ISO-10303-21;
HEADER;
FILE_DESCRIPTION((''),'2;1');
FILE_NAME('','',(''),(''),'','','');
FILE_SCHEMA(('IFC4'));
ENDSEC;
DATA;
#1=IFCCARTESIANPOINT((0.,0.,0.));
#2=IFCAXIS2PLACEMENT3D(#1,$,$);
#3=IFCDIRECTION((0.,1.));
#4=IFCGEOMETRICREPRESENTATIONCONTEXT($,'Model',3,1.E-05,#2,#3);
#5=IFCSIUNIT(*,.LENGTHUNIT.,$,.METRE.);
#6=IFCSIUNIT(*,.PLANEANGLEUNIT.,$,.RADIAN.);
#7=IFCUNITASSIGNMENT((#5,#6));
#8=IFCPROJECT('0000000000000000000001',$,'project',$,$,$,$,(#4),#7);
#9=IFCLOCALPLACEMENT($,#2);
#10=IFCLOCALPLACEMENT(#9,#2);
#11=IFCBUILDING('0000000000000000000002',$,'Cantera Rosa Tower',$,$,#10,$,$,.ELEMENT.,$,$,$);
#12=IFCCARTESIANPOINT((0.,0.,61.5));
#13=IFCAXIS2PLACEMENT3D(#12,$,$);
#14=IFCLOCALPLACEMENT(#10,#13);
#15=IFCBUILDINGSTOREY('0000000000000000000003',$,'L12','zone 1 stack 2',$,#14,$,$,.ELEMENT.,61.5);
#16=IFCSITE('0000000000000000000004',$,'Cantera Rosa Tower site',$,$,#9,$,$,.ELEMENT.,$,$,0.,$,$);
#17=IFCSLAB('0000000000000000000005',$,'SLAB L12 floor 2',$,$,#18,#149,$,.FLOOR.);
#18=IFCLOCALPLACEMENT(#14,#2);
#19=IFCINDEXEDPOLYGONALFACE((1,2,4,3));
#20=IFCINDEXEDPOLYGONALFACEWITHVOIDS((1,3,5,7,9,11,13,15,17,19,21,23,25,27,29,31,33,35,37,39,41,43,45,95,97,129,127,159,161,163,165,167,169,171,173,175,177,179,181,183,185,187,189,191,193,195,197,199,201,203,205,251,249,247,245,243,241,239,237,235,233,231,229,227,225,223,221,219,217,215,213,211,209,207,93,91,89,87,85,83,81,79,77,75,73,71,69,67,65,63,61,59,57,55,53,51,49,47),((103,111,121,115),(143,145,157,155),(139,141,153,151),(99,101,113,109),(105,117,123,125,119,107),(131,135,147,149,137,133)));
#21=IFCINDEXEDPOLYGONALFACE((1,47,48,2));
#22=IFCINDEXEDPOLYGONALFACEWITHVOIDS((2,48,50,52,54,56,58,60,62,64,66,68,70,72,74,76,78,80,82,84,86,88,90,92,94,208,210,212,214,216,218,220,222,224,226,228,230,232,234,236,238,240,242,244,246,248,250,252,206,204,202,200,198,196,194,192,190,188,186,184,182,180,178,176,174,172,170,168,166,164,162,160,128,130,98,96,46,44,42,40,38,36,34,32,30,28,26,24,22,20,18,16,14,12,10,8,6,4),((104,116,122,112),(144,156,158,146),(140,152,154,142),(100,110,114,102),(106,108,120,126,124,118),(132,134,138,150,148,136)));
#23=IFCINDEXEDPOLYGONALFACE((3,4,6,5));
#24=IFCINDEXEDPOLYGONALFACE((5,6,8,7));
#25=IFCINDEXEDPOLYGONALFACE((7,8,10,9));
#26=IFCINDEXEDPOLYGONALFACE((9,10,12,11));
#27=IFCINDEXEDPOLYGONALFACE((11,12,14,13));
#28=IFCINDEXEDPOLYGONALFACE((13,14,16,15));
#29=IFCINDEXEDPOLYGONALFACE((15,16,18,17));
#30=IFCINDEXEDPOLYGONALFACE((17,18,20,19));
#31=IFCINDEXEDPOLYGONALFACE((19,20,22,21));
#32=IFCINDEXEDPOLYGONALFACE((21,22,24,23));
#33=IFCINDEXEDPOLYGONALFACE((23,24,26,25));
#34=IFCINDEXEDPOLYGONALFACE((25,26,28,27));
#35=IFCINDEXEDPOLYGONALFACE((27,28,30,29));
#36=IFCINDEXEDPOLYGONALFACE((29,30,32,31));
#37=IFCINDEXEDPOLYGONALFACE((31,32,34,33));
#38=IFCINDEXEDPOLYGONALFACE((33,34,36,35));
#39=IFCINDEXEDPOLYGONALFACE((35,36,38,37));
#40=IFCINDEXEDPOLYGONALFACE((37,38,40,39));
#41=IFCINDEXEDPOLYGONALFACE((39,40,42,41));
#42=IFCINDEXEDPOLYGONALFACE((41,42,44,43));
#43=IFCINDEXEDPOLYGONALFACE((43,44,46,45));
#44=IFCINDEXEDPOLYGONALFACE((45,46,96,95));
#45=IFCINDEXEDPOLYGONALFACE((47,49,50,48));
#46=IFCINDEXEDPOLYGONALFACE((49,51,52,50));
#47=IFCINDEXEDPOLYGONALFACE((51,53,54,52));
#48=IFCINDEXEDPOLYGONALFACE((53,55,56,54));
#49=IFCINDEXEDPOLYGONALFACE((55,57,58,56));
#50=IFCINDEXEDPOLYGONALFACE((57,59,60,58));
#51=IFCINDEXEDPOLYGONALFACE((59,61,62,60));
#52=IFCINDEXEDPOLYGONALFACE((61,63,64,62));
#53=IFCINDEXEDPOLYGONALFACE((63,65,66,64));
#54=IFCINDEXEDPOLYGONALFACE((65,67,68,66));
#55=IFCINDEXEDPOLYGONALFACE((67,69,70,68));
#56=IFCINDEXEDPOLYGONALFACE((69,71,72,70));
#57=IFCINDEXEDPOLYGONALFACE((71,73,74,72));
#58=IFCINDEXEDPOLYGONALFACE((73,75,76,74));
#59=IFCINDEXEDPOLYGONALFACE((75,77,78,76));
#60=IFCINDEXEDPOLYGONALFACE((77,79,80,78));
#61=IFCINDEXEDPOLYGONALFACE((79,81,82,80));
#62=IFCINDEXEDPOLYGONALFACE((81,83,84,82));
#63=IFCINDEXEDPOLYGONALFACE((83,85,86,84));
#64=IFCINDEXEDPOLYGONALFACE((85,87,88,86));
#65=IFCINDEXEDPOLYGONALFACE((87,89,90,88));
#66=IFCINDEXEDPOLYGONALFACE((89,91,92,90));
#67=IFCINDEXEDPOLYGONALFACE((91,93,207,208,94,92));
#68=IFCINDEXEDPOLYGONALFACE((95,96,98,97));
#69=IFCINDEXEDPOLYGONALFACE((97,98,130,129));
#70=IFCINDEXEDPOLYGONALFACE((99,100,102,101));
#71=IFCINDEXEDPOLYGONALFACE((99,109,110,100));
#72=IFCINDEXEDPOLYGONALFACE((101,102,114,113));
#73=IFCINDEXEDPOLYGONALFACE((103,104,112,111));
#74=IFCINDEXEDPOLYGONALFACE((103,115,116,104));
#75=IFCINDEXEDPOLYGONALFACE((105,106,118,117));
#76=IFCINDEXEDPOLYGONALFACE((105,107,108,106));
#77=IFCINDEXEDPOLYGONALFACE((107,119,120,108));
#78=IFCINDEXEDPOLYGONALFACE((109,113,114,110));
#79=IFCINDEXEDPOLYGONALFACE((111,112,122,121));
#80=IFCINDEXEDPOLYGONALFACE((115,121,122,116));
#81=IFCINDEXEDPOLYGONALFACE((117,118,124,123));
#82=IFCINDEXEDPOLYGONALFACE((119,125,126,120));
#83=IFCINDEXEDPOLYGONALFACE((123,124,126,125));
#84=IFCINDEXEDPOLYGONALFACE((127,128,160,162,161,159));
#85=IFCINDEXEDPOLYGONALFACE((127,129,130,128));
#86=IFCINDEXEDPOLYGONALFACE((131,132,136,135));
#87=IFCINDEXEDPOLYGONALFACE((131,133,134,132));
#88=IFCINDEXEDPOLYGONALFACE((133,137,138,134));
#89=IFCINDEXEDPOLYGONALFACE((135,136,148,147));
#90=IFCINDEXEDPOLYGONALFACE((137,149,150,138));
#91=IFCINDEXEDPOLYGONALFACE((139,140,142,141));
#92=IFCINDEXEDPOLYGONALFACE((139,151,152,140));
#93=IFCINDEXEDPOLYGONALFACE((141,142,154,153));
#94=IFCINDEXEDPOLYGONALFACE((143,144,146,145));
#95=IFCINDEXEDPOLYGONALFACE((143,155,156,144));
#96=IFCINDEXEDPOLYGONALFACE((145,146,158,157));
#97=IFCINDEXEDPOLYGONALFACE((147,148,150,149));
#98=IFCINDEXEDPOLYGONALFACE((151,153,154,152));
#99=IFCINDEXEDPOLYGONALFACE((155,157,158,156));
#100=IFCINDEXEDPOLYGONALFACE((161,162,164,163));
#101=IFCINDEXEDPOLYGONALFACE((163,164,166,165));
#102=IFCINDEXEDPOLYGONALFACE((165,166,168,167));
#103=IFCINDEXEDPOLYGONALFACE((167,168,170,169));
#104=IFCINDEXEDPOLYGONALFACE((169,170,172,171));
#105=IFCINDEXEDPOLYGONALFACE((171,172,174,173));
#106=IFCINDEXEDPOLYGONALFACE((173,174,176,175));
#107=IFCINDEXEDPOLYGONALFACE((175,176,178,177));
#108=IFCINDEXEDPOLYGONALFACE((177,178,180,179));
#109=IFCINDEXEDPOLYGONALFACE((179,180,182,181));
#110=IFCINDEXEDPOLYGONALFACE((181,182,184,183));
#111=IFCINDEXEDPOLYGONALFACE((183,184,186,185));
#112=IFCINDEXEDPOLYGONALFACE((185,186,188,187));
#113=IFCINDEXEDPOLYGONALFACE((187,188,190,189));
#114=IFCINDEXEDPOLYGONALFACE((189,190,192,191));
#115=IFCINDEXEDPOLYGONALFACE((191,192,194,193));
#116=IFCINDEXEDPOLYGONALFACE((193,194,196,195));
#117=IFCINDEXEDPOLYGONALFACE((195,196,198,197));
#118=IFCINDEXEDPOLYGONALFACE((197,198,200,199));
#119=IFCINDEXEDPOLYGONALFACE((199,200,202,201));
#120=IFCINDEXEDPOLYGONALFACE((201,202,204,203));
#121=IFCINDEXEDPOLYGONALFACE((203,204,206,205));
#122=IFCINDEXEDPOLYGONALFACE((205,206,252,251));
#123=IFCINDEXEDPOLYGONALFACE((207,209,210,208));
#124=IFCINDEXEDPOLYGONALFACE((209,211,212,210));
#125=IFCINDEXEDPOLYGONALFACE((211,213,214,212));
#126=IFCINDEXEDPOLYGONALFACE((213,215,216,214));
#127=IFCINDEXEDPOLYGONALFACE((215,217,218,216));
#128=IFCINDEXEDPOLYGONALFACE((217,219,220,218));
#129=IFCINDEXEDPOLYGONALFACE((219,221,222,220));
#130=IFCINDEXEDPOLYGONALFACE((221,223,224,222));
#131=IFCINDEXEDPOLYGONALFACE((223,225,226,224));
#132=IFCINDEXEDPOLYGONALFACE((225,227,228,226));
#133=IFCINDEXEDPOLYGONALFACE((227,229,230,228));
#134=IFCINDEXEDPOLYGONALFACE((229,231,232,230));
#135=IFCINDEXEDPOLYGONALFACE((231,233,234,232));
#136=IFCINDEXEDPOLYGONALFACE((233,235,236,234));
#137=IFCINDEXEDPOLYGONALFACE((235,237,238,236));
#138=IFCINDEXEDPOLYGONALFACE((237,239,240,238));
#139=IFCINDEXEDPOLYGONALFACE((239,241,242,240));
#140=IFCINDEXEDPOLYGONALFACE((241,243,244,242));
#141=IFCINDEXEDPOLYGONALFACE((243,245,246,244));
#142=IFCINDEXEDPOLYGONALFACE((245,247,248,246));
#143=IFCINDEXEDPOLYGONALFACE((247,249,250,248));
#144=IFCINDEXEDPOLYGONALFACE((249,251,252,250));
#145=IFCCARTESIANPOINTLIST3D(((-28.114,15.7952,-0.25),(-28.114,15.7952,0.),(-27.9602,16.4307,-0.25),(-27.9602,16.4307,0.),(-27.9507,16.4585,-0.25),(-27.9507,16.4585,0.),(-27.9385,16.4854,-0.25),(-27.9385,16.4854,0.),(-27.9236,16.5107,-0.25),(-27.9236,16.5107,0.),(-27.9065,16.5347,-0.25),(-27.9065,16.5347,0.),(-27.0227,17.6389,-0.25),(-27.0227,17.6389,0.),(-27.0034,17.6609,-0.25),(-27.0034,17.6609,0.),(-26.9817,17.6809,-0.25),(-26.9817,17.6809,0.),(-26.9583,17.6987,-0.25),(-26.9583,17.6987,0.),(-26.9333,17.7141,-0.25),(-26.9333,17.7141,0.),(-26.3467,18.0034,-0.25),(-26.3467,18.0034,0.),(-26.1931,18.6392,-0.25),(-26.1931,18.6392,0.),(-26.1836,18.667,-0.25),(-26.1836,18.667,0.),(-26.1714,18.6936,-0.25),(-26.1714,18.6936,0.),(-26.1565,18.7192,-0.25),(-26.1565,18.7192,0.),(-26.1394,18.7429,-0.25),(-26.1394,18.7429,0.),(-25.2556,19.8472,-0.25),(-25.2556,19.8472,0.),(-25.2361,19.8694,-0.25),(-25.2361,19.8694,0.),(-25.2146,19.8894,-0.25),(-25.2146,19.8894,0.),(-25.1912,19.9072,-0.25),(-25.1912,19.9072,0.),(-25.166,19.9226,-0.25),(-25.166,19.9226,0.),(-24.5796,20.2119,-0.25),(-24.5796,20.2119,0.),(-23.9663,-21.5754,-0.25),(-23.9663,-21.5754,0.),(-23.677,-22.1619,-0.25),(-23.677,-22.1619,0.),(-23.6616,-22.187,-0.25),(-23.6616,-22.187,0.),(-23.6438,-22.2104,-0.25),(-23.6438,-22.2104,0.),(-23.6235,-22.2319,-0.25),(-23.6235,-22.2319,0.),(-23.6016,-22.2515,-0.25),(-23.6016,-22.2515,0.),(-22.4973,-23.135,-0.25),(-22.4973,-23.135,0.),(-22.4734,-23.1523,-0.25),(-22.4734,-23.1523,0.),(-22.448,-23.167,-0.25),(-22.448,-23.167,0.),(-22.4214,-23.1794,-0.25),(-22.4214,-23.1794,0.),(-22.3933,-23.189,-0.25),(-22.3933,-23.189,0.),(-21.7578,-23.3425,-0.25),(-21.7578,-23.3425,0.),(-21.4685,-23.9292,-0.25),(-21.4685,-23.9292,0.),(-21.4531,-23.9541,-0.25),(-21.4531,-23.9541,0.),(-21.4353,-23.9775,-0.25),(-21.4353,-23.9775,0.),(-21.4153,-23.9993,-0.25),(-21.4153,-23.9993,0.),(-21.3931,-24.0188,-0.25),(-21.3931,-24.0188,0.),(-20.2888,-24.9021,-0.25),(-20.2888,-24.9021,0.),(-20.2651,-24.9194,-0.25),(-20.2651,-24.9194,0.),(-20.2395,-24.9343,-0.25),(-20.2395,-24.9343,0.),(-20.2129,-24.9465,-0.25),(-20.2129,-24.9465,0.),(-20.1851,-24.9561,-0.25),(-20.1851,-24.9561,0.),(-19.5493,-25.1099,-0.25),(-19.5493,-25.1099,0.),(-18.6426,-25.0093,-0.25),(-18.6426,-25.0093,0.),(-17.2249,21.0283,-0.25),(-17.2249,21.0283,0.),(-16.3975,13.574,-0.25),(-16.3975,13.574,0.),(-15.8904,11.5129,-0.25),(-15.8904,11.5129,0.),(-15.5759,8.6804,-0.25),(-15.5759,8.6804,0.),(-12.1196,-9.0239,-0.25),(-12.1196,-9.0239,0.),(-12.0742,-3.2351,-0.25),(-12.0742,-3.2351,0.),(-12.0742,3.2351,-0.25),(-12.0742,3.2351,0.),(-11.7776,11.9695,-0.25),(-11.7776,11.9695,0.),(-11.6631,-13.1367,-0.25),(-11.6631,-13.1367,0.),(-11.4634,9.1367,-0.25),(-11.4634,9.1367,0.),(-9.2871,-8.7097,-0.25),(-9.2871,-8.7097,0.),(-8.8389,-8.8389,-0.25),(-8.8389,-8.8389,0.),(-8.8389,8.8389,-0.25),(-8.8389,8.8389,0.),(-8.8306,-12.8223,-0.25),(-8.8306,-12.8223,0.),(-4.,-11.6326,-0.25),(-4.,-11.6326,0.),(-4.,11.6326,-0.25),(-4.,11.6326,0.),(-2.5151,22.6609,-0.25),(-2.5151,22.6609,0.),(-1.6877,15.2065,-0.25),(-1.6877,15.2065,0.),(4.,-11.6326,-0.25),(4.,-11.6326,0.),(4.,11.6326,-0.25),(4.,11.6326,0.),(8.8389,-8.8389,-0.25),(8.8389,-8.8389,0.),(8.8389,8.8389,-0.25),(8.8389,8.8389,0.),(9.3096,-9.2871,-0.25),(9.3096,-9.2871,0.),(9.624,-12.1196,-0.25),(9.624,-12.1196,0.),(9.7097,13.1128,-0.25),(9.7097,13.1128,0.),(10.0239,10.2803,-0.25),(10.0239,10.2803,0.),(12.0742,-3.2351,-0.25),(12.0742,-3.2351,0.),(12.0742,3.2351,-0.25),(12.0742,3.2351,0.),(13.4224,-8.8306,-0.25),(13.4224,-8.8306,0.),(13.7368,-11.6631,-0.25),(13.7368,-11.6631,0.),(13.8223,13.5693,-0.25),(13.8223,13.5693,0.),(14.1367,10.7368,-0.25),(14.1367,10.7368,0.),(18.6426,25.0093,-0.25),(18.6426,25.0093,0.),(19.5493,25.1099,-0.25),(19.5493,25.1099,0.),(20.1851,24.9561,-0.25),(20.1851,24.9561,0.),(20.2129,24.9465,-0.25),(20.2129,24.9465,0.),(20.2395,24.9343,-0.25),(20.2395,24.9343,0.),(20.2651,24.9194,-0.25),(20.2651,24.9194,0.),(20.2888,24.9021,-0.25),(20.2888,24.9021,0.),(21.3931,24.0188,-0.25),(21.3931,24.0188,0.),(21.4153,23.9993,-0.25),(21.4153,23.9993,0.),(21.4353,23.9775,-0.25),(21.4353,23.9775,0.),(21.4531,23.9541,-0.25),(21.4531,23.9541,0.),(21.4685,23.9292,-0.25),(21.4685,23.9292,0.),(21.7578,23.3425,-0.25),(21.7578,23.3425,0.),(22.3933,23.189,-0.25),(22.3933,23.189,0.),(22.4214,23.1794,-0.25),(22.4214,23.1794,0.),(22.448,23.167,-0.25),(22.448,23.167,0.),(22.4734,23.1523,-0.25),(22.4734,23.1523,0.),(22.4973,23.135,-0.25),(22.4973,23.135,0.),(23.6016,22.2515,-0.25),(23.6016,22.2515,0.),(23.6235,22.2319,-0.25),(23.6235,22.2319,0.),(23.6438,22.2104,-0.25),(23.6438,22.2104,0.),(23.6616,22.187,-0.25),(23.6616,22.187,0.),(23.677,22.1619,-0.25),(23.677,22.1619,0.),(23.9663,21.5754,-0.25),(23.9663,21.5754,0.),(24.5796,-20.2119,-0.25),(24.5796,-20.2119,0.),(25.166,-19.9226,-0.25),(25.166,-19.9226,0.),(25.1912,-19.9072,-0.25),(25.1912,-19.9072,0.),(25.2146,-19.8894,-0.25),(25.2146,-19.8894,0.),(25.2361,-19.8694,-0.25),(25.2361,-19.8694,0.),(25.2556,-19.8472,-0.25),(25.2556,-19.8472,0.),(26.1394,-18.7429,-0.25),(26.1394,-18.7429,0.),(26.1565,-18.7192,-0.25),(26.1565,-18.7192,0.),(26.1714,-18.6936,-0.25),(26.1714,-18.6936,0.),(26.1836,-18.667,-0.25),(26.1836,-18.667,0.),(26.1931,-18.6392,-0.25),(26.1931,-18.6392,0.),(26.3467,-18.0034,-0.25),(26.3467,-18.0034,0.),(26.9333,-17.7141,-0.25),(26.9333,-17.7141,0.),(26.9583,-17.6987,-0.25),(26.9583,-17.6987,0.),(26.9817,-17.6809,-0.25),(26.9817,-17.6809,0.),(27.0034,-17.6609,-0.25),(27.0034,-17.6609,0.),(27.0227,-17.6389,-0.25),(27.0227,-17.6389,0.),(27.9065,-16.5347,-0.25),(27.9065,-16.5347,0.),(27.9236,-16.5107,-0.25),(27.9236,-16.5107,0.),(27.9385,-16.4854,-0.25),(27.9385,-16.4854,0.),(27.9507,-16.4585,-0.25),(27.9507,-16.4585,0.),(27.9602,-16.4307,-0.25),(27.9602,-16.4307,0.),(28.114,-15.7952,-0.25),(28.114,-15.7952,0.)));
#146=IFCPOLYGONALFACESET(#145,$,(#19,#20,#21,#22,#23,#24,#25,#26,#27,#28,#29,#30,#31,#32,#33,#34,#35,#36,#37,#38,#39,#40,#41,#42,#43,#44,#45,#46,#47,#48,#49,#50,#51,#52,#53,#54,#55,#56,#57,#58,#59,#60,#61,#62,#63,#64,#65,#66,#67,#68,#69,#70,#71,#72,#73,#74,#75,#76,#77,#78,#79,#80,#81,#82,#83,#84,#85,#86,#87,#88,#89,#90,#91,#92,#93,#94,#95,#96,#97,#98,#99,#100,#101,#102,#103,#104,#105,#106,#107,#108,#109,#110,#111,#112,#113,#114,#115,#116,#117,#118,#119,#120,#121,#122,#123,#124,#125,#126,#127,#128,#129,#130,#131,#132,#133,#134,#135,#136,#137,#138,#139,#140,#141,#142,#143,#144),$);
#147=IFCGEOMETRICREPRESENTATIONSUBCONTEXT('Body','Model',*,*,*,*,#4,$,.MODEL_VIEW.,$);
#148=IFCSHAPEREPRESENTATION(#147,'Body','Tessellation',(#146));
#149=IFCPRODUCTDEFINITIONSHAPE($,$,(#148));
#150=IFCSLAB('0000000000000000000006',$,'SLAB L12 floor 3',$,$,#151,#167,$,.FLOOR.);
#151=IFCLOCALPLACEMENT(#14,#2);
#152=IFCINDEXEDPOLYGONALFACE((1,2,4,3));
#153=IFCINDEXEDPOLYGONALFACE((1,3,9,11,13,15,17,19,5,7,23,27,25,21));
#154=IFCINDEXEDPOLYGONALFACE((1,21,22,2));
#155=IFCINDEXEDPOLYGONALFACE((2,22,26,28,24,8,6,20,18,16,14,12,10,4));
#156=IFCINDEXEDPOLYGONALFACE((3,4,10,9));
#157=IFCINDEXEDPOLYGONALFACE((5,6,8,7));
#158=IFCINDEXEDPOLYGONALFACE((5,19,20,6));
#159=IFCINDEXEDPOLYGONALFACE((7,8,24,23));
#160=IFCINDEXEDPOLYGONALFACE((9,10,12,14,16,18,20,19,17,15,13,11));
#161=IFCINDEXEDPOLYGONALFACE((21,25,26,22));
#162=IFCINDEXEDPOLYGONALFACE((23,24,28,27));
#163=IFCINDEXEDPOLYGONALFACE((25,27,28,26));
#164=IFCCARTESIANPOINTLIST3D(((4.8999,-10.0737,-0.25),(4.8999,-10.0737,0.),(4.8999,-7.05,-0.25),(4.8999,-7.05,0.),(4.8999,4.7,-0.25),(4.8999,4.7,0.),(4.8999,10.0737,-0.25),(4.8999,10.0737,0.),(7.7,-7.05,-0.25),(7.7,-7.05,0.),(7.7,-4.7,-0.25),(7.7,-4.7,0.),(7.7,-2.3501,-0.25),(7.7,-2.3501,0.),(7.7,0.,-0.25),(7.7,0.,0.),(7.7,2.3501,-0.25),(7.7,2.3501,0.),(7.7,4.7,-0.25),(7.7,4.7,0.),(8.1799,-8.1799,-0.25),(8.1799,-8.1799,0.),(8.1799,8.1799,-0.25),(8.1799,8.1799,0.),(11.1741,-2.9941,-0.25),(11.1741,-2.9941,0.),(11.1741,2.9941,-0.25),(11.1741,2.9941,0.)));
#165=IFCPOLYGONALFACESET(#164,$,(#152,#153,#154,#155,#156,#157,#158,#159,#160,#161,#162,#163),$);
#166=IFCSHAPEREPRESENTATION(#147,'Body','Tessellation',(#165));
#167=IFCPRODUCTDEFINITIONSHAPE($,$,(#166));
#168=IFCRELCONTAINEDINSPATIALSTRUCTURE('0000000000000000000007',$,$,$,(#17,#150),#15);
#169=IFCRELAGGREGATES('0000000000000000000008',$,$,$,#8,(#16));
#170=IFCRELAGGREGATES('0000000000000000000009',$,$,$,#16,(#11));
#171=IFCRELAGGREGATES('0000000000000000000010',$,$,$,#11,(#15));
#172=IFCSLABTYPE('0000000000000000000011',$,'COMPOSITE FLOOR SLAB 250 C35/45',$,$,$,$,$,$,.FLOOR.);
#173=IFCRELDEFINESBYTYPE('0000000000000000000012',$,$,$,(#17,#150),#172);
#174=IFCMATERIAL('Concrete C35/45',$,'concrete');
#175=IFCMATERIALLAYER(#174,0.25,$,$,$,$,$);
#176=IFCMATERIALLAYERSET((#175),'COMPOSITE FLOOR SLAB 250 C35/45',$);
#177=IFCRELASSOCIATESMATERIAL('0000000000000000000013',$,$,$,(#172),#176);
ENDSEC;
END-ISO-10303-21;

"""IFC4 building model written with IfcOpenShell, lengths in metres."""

from ifc_helpers import new_model, si_unit, direction, frame, origin, place, context, subcontext, project, spatial, polyline, outline, extrude, material, layer, layer_set, type_object, element, save


model = new_model("IFC4")

# Units and contexts
model_context = context("Model", 3, precision=1e-05, world=origin(), true_north=direction((0.0, 1.0)))
body_context = subcontext(model_context, "Body", "Model", "MODEL_VIEW")
ifc_project = project(units=[si_unit("LENGTHUNIT", "METRE"), si_unit("PLANEANGLEUNIT", "RADIAN")], contexts=[model_context])

# Site, building, storey
site_placement = place(None, origin())
site = spatial("IfcSite", under=ifc_project, at=site_placement, Name="Cantera Rosa Tower site", CompositionType="ELEMENT", RefElevation=0.0)
building_placement = place(site_placement, origin())
building = spatial("IfcBuilding", under=site, at=building_placement, Name="Cantera Rosa Tower", CompositionType="ELEMENT")
storey_placement = place(building_placement, frame((0.0, 0.0, 61.5)))
storey = spatial("IfcBuildingStorey", under=building, at=storey_placement, Name="L12", Description="zone 1 stack 2", CompositionType="ELEMENT", Elevation=61.5)

# Slabs
ifc_material_1 = material(Name="Concrete C35/45", Category="concrete")
ifc_layer_1 = layer(ifc_material_1, 0.25)
ifc_layer_set_1 = layer_set([ifc_layer_1], Name="COMPOSITE FLOOR SLAB 250 C35/45")
slab_type_1 = type_object("IfcSlabType", Name="COMPOSITE FLOOR SLAB 250 C35/45", PredefinedType="FLOOR", material=ifc_layer_set_1)
slab_1_placement = place(storey_placement, frame((0.0, 0.0, -0.25)))
element("IfcSlab", 1, at=slab_1_placement, inside=storey, type_object=slab_type_1, Name="SLAB L12 floor 2", PredefinedType="FLOOR", context=body_context, shape_type="SweptSolid", body=[
    extrude(outline(polyline([(-20.2888, -24.9021), (-21.3931, -24.0188), (-21.4153, -23.9993), (-21.4353, -23.9775), (-21.4531, -23.9541), (-21.4685, -23.9292), (-21.7578, -23.3425), (-22.3933, -23.189), (-22.4214, -23.1794), (-22.448, -23.167), (-22.4734, -23.1523), (-22.4973, -23.135), (-23.6016, -22.2515), (-23.6235, -22.2319), (-23.6438, -22.2104), (-23.6616, -22.187), (-23.677, -22.1619), (-23.9663, -21.5754), (-28.114, 15.7952), (-27.9602, 16.4307), (-27.9507, 16.4585), (-27.9385, 16.4854), (-27.9236, 16.5107), (-27.9065, 16.5347), (-27.0227, 17.6389), (-27.0034, 17.6609), (-26.9817, 17.6809), (-26.9583, 17.6987), (-26.9333, 17.7141), (-26.3467, 18.0034), (-26.1931, 18.6392), (-26.1836, 18.667), (-26.1714, 18.6936), (-26.1565, 18.7192), (-26.1394, 18.7429), (-25.2556, 19.8472), (-25.2361, 19.8694), (-25.2146, 19.8894), (-25.1912, 19.9072), (-25.166, 19.9226), (-24.5796, 20.2119), (-17.2249, 21.0283), (-16.3975, 13.574), (-1.6877, 15.2065), (-2.5151, 22.6609), (18.6426, 25.0093), (19.5493, 25.1099), (20.1851, 24.9561), (20.2129, 24.9465), (20.2395, 24.9343), (20.2651, 24.9194), (20.2888, 24.9021), (21.3931, 24.0188), (21.4153, 23.9993), (21.4353, 23.9775), (21.4531, 23.9541), (21.4685, 23.9292), (21.7578, 23.3425), (22.3933, 23.189), (22.4214, 23.1794), (22.448, 23.167), (22.4734, 23.1523), (22.4973, 23.135), (23.6016, 22.2515), (23.6235, 22.2319), (23.6438, 22.2104), (23.6616, 22.187), (23.677, 22.1619), (23.9663, 21.5754), (28.114, -15.7952), (27.9602, -16.4307), (27.9507, -16.4585), (27.9385, -16.4854), (27.9236, -16.5107), (27.9065, -16.5347), (27.0227, -17.6389), (27.0034, -17.6609), (26.9817, -17.6809), (26.9583, -17.6987), (26.9333, -17.7141), (26.3467, -18.0034), (26.1931, -18.6392), (26.1836, -18.667), (26.1714, -18.6936), (26.1565, -18.7192), (26.1394, -18.7429), (25.2556, -19.8472), (25.2361, -19.8694), (25.2146, -19.8894), (25.1912, -19.9072), (25.166, -19.9226), (24.5796, -20.2119), (-18.6426, -25.0093), (-19.5493, -25.1099), (-20.1851, -24.9561), (-20.2129, -24.9465), (-20.2395, -24.9343), (-20.2651, -24.9194), (-20.2888, -24.9021)]), holes=[polyline([(-8.8306, -12.8223), (-9.2871, -8.7097), (-12.1196, -9.0239), (-11.6631, -13.1367), (-8.8306, -12.8223)]), polyline([(-4.0, 11.6326), (-8.8389, 8.8389), (-12.0742, 3.2351), (-12.0742, -3.2351), (-8.8389, -8.8389), (-4.0, -11.6326), (-4.0, 11.6326)]), polyline([(-11.4634, 9.1367), (-11.7776, 11.9695), (-15.8904, 11.5129), (-15.5759, 8.6804), (-11.4634, 9.1367)]), polyline([(13.4224, -8.8306), (9.3096, -9.2871), (9.624, -12.1196), (13.7368, -11.6631), (13.4224, -8.8306)]), polyline([(8.8389, -8.8389), (12.0742, -3.2351), (12.0742, 3.2351), (8.8389, 8.8389), (4.0, 11.6326), (4.0, -11.6326), (8.8389, -8.8389)]), polyline([(14.1367, 10.7368), (13.8223, 13.5693), (9.7097, 13.1128), (10.0239, 10.2803), (14.1367, 10.7368)])]), origin(), (0.0, 0.0, 1.0), 0.25),
])
slab_2_placement = place(storey_placement, frame((0.0, 0.0, -0.25)))
element("IfcSlab", 2, at=slab_2_placement, inside=storey, type_object=slab_type_1, Name="SLAB L12 floor 3", PredefinedType="FLOOR", context=body_context, shape_type="SweptSolid", body=[
    extrude(outline(polyline([(7.7, 0.0), (7.7, 2.3501), (7.7, 4.7), (4.8999, 4.7), (4.8999, 10.0737), (8.1799, 8.1799), (11.1741, 2.9941), (11.1741, -2.9941), (8.1799, -8.1799), (4.8999, -10.0737), (4.8999, -7.05), (7.7, -7.05), (7.7, -4.7), (7.7, -2.3501), (7.7, 0.0)])), origin(), (0.0, 0.0, 1.0), 0.25),
])

save(model, "model.ifc")
